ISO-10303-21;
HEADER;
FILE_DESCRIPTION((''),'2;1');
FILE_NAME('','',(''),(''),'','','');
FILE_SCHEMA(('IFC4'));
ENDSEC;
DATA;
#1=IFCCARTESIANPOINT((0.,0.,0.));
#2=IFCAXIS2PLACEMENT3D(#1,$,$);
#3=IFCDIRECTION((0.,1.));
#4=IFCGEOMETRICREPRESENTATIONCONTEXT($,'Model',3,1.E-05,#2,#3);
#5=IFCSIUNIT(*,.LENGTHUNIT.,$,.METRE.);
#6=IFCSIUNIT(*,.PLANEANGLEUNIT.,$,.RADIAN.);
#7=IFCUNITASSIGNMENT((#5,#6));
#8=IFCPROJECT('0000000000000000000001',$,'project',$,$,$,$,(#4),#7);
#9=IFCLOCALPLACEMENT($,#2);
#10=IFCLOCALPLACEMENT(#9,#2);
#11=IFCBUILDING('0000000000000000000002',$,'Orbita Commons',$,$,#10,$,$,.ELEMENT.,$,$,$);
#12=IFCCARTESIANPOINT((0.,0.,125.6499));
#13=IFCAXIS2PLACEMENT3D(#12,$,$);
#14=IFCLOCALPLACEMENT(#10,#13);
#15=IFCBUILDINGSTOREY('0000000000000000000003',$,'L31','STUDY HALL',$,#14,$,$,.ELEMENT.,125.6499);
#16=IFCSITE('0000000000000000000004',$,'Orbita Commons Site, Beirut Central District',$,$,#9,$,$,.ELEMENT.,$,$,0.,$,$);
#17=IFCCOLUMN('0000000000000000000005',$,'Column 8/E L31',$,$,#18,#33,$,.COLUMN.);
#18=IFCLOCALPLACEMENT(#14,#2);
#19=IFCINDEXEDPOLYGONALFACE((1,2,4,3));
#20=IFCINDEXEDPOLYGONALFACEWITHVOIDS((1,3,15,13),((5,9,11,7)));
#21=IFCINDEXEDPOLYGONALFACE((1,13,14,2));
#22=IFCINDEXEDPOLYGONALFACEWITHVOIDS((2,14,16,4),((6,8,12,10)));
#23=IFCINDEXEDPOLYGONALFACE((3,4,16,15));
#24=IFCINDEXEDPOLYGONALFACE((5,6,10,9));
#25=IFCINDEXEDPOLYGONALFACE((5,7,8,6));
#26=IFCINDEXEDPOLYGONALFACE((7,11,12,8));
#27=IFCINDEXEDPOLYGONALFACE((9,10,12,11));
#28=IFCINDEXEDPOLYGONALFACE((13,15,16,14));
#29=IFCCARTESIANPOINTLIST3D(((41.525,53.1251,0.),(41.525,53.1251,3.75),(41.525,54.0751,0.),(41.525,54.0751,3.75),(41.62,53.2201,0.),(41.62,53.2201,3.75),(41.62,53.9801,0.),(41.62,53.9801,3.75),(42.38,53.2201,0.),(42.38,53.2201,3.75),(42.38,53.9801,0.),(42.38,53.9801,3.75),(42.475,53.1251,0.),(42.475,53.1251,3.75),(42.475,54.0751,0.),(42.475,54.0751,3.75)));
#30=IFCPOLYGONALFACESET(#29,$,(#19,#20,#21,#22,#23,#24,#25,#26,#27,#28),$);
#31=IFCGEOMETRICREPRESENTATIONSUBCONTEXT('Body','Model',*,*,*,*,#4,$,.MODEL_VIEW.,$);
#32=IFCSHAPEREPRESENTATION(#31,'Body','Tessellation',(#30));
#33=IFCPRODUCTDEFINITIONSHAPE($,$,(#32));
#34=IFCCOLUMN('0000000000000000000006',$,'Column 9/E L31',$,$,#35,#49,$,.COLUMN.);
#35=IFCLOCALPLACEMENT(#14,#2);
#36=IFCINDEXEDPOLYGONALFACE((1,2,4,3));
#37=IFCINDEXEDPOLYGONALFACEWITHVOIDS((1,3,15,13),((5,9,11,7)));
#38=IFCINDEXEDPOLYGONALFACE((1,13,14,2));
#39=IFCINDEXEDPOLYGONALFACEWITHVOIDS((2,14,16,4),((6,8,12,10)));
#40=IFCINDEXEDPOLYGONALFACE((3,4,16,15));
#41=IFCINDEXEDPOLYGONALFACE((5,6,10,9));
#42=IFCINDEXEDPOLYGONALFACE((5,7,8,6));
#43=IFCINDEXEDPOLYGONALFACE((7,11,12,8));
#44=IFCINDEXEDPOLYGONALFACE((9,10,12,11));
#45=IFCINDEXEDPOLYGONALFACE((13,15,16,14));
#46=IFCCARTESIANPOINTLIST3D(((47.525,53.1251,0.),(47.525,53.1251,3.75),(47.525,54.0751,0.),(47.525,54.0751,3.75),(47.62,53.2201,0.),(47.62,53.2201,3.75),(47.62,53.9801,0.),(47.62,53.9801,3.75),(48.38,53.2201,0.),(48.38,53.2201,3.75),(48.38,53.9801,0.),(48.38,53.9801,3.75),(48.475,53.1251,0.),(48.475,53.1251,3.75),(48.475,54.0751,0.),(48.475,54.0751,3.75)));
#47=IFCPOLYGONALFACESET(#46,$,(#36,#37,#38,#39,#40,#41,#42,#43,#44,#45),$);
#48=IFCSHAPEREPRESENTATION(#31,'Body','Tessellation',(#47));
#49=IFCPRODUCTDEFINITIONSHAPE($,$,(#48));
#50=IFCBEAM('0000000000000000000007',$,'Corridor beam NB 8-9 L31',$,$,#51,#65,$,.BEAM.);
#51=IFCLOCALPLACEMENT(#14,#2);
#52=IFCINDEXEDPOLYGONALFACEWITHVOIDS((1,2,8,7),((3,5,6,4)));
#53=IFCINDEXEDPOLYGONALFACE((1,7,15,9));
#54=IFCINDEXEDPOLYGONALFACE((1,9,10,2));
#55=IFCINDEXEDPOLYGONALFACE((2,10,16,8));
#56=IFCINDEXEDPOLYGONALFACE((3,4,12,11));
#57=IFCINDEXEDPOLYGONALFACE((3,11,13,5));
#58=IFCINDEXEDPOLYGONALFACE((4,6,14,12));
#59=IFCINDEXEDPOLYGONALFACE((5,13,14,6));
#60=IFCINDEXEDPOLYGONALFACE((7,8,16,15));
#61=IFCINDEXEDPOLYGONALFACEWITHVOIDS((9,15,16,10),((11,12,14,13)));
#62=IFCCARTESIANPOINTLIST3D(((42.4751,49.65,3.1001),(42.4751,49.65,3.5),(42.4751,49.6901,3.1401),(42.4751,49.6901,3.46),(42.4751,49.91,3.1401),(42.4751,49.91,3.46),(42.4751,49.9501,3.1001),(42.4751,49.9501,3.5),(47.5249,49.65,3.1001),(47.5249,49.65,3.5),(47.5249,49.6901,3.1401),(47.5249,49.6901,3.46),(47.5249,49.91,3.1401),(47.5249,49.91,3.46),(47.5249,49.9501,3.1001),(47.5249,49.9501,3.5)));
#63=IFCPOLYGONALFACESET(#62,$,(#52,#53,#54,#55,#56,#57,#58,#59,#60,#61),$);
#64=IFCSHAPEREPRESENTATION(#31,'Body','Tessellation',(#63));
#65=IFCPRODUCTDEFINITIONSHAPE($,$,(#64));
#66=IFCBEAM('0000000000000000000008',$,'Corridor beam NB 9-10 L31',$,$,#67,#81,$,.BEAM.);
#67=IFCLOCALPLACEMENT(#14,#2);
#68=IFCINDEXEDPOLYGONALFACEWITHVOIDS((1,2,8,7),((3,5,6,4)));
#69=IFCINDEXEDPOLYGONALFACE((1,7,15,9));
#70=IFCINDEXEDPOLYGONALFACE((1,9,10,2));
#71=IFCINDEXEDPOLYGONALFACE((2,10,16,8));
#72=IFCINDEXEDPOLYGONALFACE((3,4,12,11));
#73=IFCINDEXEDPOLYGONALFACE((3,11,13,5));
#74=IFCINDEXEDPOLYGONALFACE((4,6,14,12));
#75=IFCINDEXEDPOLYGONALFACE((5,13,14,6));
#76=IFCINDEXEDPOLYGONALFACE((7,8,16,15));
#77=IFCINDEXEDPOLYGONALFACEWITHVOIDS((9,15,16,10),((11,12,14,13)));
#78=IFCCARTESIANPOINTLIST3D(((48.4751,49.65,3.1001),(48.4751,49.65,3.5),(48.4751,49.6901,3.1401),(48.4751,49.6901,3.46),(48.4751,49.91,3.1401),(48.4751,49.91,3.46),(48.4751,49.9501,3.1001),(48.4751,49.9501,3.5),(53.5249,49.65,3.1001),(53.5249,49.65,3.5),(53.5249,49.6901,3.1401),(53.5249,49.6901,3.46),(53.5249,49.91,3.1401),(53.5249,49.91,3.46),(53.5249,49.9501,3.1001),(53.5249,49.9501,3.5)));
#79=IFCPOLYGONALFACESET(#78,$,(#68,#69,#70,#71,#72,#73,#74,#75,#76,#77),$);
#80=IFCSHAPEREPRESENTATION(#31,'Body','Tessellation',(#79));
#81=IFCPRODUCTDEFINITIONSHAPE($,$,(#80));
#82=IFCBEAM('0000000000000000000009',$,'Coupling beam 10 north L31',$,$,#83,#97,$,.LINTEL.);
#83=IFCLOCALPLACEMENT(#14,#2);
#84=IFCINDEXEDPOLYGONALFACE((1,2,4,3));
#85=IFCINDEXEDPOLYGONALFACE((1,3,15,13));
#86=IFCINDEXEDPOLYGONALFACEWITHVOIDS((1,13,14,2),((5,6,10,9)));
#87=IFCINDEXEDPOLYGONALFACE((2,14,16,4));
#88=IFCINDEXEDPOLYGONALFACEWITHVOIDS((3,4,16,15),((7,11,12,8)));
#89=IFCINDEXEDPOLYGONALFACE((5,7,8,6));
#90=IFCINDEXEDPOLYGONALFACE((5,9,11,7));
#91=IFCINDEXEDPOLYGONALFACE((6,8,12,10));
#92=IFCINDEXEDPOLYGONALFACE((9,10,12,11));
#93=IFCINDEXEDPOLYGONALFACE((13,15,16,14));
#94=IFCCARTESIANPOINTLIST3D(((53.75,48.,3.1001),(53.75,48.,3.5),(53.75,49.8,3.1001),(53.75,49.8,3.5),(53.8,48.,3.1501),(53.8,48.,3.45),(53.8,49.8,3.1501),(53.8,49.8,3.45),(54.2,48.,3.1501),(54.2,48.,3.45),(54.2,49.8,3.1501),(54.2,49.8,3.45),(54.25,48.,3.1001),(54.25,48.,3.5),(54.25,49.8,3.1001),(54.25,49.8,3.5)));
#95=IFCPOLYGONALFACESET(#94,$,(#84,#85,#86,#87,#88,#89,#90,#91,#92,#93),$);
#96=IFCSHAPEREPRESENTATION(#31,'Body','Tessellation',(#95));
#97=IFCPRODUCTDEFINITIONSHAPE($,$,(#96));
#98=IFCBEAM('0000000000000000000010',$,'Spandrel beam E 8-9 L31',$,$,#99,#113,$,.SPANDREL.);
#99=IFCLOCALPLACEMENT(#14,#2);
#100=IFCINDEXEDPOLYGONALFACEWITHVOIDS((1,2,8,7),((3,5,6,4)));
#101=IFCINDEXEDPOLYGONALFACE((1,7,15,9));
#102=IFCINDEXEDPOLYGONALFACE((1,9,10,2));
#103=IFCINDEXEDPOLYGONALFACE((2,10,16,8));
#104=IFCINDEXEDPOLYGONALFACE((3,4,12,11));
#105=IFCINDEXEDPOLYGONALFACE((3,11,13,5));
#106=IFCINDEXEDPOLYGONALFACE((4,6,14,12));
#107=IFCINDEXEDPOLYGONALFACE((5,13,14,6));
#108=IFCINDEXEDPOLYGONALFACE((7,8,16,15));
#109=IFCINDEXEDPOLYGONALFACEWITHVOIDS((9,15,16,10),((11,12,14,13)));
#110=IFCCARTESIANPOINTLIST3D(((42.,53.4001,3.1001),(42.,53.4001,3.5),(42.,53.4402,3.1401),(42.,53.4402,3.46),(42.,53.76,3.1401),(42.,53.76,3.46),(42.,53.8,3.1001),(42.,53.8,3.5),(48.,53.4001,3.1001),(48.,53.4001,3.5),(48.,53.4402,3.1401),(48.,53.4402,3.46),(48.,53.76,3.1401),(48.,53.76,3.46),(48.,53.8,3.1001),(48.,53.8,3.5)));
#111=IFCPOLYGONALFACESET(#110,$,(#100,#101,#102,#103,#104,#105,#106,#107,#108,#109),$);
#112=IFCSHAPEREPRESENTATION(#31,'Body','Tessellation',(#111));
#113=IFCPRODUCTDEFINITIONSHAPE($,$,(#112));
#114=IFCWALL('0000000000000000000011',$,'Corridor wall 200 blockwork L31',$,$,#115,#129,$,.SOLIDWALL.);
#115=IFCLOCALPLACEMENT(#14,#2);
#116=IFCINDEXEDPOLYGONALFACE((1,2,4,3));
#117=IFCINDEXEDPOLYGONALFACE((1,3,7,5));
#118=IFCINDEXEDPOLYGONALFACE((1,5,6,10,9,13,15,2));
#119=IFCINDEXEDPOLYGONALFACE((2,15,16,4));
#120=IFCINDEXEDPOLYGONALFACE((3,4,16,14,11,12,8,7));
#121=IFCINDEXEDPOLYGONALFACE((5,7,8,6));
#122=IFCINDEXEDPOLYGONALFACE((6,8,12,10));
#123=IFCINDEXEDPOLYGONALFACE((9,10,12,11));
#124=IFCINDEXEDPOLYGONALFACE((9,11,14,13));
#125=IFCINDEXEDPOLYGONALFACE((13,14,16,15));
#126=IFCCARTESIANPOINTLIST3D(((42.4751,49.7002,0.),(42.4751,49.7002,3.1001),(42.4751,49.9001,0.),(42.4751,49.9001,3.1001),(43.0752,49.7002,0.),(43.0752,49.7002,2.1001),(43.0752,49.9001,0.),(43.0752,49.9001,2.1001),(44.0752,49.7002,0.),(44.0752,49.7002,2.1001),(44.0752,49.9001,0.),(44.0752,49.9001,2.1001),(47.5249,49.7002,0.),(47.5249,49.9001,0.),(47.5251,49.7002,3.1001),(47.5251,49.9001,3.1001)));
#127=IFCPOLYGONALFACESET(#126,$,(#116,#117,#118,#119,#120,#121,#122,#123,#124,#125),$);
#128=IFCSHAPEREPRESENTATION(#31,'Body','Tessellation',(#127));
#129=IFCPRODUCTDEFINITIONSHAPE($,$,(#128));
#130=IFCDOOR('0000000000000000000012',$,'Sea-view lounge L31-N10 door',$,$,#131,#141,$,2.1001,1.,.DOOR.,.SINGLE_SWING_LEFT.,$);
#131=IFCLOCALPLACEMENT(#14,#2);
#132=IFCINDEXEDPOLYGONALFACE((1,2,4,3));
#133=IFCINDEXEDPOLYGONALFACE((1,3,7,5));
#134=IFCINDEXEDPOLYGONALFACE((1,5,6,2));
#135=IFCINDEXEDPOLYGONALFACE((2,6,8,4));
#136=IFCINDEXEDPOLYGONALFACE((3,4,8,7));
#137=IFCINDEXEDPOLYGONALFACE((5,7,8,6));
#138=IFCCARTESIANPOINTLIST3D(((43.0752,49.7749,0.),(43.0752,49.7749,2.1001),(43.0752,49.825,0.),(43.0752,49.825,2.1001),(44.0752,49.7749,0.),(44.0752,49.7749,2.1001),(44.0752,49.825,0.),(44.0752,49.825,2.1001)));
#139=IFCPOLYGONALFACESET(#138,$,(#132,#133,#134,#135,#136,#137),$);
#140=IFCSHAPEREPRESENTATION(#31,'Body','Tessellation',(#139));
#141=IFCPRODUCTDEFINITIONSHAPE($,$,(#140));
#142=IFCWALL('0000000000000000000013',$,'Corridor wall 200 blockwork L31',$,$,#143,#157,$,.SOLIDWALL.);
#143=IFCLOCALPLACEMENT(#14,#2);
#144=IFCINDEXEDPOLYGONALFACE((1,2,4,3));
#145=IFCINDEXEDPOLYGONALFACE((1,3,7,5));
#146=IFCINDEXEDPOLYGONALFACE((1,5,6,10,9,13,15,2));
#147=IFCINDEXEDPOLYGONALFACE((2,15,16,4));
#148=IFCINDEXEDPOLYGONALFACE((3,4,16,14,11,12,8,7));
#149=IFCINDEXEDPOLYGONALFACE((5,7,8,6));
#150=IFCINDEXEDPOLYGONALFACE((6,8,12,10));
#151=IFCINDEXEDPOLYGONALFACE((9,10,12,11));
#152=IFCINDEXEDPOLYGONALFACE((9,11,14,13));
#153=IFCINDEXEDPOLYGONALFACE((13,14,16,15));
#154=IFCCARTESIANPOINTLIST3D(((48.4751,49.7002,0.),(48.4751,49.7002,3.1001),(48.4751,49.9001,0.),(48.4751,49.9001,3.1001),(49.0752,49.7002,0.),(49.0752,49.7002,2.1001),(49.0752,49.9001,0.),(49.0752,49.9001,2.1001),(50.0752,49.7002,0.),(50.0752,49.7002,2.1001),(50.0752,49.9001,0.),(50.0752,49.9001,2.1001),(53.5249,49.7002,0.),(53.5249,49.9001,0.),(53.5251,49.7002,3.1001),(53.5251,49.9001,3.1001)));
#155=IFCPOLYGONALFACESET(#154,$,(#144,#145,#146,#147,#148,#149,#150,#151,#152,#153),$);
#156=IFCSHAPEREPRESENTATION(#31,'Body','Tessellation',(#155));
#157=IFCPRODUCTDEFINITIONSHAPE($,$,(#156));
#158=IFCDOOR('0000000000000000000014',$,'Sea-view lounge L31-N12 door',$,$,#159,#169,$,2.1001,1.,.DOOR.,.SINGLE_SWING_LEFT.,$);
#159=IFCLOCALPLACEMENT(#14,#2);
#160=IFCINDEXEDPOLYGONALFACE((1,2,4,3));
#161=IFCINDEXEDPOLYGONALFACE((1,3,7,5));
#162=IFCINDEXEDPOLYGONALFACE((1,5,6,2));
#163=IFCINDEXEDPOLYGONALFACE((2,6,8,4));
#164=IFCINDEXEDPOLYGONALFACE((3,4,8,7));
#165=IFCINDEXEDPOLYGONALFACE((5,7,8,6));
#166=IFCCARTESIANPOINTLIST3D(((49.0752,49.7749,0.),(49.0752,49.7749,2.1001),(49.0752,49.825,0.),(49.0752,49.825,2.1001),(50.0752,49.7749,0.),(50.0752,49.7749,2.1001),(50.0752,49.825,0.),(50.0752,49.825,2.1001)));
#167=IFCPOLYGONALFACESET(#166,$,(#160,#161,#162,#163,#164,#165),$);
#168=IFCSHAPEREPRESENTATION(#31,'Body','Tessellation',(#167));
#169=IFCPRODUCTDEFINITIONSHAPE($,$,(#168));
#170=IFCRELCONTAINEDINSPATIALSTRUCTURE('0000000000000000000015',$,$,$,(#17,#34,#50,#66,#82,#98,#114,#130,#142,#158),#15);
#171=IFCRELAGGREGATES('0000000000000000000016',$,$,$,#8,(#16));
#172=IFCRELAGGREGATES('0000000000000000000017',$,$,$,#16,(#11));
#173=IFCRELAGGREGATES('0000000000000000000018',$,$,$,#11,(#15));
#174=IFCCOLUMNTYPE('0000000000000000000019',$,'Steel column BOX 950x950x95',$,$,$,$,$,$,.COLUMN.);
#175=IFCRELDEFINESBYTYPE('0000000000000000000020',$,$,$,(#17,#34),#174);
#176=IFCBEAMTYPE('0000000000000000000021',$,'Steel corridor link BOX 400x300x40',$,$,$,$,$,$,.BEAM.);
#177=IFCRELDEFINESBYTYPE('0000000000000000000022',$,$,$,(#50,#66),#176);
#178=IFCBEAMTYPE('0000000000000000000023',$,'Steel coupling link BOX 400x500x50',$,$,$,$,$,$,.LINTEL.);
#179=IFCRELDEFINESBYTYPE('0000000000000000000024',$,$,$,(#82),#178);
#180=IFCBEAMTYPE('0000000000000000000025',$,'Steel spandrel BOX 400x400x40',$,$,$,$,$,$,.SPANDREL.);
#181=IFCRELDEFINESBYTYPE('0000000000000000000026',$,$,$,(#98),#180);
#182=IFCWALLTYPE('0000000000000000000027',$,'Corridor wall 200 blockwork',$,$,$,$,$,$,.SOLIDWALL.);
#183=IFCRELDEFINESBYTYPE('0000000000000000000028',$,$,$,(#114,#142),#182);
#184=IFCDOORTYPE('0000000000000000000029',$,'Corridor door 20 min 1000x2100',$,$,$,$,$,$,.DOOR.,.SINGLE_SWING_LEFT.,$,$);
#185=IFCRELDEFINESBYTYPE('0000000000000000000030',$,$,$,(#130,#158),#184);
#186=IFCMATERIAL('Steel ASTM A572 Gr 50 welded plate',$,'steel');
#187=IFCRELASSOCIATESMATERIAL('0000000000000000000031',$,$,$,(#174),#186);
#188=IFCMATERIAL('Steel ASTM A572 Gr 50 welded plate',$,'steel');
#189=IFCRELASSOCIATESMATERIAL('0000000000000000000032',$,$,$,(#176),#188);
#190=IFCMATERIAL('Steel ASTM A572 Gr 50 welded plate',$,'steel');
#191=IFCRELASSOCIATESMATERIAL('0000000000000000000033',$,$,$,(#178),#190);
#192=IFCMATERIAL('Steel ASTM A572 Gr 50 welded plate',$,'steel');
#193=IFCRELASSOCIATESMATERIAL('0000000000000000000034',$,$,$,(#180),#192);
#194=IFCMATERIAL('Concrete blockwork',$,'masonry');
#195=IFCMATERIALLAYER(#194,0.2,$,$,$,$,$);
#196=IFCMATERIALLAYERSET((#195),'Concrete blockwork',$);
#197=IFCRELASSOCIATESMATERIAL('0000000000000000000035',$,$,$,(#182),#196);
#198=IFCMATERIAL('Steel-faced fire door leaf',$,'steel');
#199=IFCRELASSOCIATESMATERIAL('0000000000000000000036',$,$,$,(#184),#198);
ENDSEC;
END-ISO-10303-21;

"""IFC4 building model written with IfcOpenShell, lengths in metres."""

from ifc_helpers import new_model, si_unit, direction, frame, frame_2d, origin, origin_2d, place, context, subcontext, project, spatial, polyline, rectangle, hollow_rectangle, outline, extrude, material, layer, layer_set, material_profile, profile_set, type_object, element, fill, save


model = new_model("IFC4")

# Units and contexts
model_context = context("Model", 3, precision=1e-05, world=origin(), true_north=direction((0.0, 1.0)))
body_context = subcontext(model_context, "Body", "Model", "MODEL_VIEW")
ifc_project = project(units=[si_unit("LENGTHUNIT", "METRE"), si_unit("PLANEANGLEUNIT", "RADIAN")], contexts=[model_context])

# Site, building, storey
site_placement = place(None, origin())
site = spatial("IfcSite", under=ifc_project, at=site_placement, Name="Orbita Commons Site, Beirut Central District", CompositionType="ELEMENT", RefElevation=0.0)
building_placement = place(site_placement, origin())
building = spatial("IfcBuilding", under=site, at=building_placement, Name="Orbita Commons", CompositionType="ELEMENT")
storey_placement = place(building_placement, frame((0.0, 0.0, 125.6499)))
storey = spatial("IfcBuildingStorey", under=building, at=storey_placement, Name="L31", Description="STUDY HALL", CompositionType="ELEMENT", Elevation=125.6499)

# Columns
ifc_material_1 = material(Name="Steel ASTM A572 Gr 50 welded plate", Category="steel")
ifc_material_profile_1 = material_profile(ifc_material_1, hollow_rectangle(XDim=0.95, YDim=0.95, WallThickness=0.095, at=origin_2d()), Name="BOX 950x950x95")
ifc_profile_set_1 = profile_set([ifc_material_profile_1], Name="Steel ASTM A572 Gr 50 welded plate")
column_type = type_object("IfcColumnType", Name="Steel column BOX 950x950x95", PredefinedType="COLUMN", material=ifc_profile_set_1)
for number, where, z_axis, x_axis, name in (
    (1, (42.0, 53.6001, 0.0), (0.0, 0.0, 1.0), (1.0, 0.0, 0.0), "Column 8/E L31"),
    (2, (48.0, 53.6001, 0.0), (0.0, 0.0, 1.0), (1.0, 0.0, 0.0), "Column 9/E L31"),
):
    element("IfcColumn", number, at=place(storey_placement, frame(where, z_axis=z_axis, x_axis=x_axis)), inside=storey, type_object=column_type, Name=name, PredefinedType="COLUMN", context=body_context, shape_type="SweptSolid", body=[
        extrude(hollow_rectangle(XDim=0.95, YDim=0.95, WallThickness=0.095, at=origin_2d()), origin(), (0.0, 0.0, 1.0), 3.75),
    ])

# Beams
ifc_material_2 = material(Name="Steel ASTM A572 Gr 50 welded plate", Category="steel")
ifc_material_profile_2 = material_profile(ifc_material_2, hollow_rectangle(XDim=0.3, YDim=0.3999, WallThickness=0.04, at=origin_2d()), Name="BOX 400x300x40")
ifc_profile_set_2 = profile_set([ifc_material_profile_2], Name="Steel ASTM A572 Gr 50 welded plate")
beam_type_1 = type_object("IfcBeamType", Name="Steel corridor link BOX 400x300x40", PredefinedType="BEAM", material=ifc_profile_set_2)
for number, where, z_axis, x_axis, name in (
    (3, (42.4751, 49.8, 3.3), (1.0, 0.0, 0.0), (0.0, 1.0, 0.0), "Corridor beam NB 8-9 L31"),
    (4, (48.4751, 49.8, 3.3), (1.0, 0.0, 0.0), (0.0, 1.0, 0.0), "Corridor beam NB 9-10 L31"),
):
    element("IfcBeam", number, at=place(storey_placement, frame(where, z_axis=z_axis, x_axis=x_axis)), inside=storey, type_object=beam_type_1, Name=name, PredefinedType="BEAM", context=body_context, shape_type="SweptSolid", body=[
        extrude(hollow_rectangle(XDim=0.3, YDim=0.3999, WallThickness=0.04, at=origin_2d()), origin(), (0.0, 0.0, 1.0), 5.0498),
    ])
ifc_material_3 = material(Name="Steel ASTM A572 Gr 50 welded plate", Category="steel")
ifc_material_profile_3 = material_profile(ifc_material_3, hollow_rectangle(XDim=0.5, YDim=0.3999, WallThickness=0.05, at=origin_2d()), Name="BOX 400x500x50")
ifc_profile_set_3 = profile_set([ifc_material_profile_3], Name="Steel ASTM A572 Gr 50 welded plate")
beam_type_2 = type_object("IfcBeamType", Name="Steel coupling link BOX 400x500x50", PredefinedType="LINTEL", material=ifc_profile_set_3)
beam_1_placement = place(storey_placement, frame((54.0, 48.0, 3.3), z_axis=(0.0, 1.0, 0.0), x_axis=(-1.0, 0.0, 0.0)))
element("IfcBeam", 5, at=beam_1_placement, inside=storey, type_object=beam_type_2, Name="Coupling beam 10 north L31", PredefinedType="LINTEL", context=body_context, shape_type="SweptSolid", body=[
    extrude(hollow_rectangle(XDim=0.5, YDim=0.3999, WallThickness=0.05, at=origin_2d()), origin(), (0.0, 0.0, 1.0), 1.8),
])
ifc_material_4 = material(Name="Steel ASTM A572 Gr 50 welded plate", Category="steel")
ifc_material_profile_4 = material_profile(ifc_material_4, hollow_rectangle(XDim=0.3999, YDim=0.3999, WallThickness=0.04, at=origin_2d()), Name="BOX 400x400x40")
ifc_profile_set_4 = profile_set([ifc_material_profile_4], Name="Steel ASTM A572 Gr 50 welded plate")
beam_type_3 = type_object("IfcBeamType", Name="Steel spandrel BOX 400x400x40", PredefinedType="SPANDREL", material=ifc_profile_set_4)
beam_2_placement = place(storey_placement, frame((42.0, 53.6001, 3.3), z_axis=(1.0, 0.0, 0.0), x_axis=(0.0, 1.0, 0.0)))
element("IfcBeam", 6, at=beam_2_placement, inside=storey, type_object=beam_type_3, Name="Spandrel beam E 8-9 L31", PredefinedType="SPANDREL", context=body_context, shape_type="SweptSolid", body=[
    extrude(hollow_rectangle(XDim=0.3999, YDim=0.3999, WallThickness=0.04, at=origin_2d()), origin(), (0.0, 0.0, 1.0), 6.0),
])

# Walls, openings, doors
ifc_material_5 = material(Name="Concrete blockwork", Category="masonry")
ifc_layer_1 = layer(ifc_material_5, 0.2)
ifc_layer_set_1 = layer_set([ifc_layer_1], Name="Concrete blockwork")
wall_type_1 = type_object("IfcWallType", Name="Corridor wall 200 blockwork", PredefinedType="SOLIDWALL", material=ifc_layer_set_1)
wall_1_placement = place(storey_placement, frame((42.4751, 49.8, 0.0), z_axis=(0.0, 0.0, 1.0), x_axis=(1.0, 0.0, 0.0)))
wall_1 = element("IfcWall", 7, at=wall_1_placement, inside=storey, type_object=wall_type_1, Name="Corridor wall 200 blockwork L31", PredefinedType="SOLIDWALL", context=body_context, shape_type="SweptSolid", body=[
    extrude(outline(polyline([(0.0, 0.0), (5.0498, 0.0), (5.05, 3.1001), (0.0, 3.1001), (0.0, 0.0)])), frame((0.0, 0.1001, 0.0), z_axis=(0.0, -1.0, 0.0), x_axis=(1.0, 0.0, 0.0)), (0.0, 0.0, 1.0), 0.2),
])
opening_1_placement = place(wall_1_placement, frame((0.6001, 0.0, 0.0)))
opening_1 = element("IfcOpeningElement", 8, at=opening_1_placement, cuts=wall_1, PredefinedType="OPENING", context=body_context, shape_type="SweptSolid", body=[
    extrude(rectangle(XDim=1.0, YDim=2.1001, at=frame_2d((0.5, 1.05))), frame((0.0, 0.1099, 0.0), z_axis=(0.0, -1.0, 0.0), x_axis=(1.0, 0.0, 0.0)), (0.0, 0.0, 1.0), 0.22),
])
ifc_material_6 = material(Name="Steel-faced fire door leaf", Category="steel")
door_type_1 = type_object("IfcDoorType", Name="Corridor door 20 min 1000x2100", OperationType="SINGLE_SWING_LEFT", PredefinedType="DOOR", material=ifc_material_6)
door_1_placement = place(opening_1_placement, origin())
door_1 = element("IfcDoor", 9, at=door_1_placement, inside=storey, type_object=door_type_1, Name="Sea-view lounge L31-N10 door", OperationType="SINGLE_SWING_LEFT", OverallHeight=2.1001, OverallWidth=1.0, PredefinedType="DOOR", context=body_context, shape_type="SweptSolid", body=[
    extrude(rectangle(XDim=1.0, YDim=2.1001, at=frame_2d((0.5, 1.05))), frame((0.0, 0.0249, 0.0), z_axis=(0.0, -1.0, 0.0), x_axis=(1.0, 0.0, 0.0)), (0.0, 0.0, 1.0), 0.05),
])
fill(opening_1, door_1)
wall_2_placement = place(storey_placement, frame((48.4751, 49.8, 0.0), z_axis=(0.0, 0.0, 1.0), x_axis=(1.0, 0.0, 0.0)))
wall_2 = element("IfcWall", 10, at=wall_2_placement, inside=storey, type_object=wall_type_1, Name="Corridor wall 200 blockwork L31", PredefinedType="SOLIDWALL", context=body_context, shape_type="SweptSolid", body=[
    extrude(outline(polyline([(0.0, 0.0), (5.0498, 0.0), (5.05, 3.1001), (0.0, 3.1001), (0.0, 0.0)])), frame((0.0, 0.1001, 0.0), z_axis=(0.0, -1.0, 0.0), x_axis=(1.0, 0.0, 0.0)), (0.0, 0.0, 1.0), 0.2),
])
opening_2_placement = place(wall_2_placement, frame((0.6001, 0.0, 0.0)))
opening_2 = element("IfcOpeningElement", 11, at=opening_2_placement, cuts=wall_2, PredefinedType="OPENING", context=body_context, shape_type="SweptSolid", body=[
    extrude(rectangle(XDim=1.0, YDim=2.1001, at=frame_2d((0.5, 1.05))), frame((0.0, 0.1099, 0.0), z_axis=(0.0, -1.0, 0.0), x_axis=(1.0, 0.0, 0.0)), (0.0, 0.0, 1.0), 0.22),
])
door_2_placement = place(opening_2_placement, origin())
door_2 = element("IfcDoor", 12, at=door_2_placement, inside=storey, type_object=door_type_1, Name="Sea-view lounge L31-N12 door", OperationType="SINGLE_SWING_LEFT", OverallHeight=2.1001, OverallWidth=1.0, PredefinedType="DOOR", context=body_context, shape_type="SweptSolid", body=[
    extrude(rectangle(XDim=1.0, YDim=2.1001, at=frame_2d((0.5, 1.05))), frame((0.0, 0.0249, 0.0), z_axis=(0.0, -1.0, 0.0), x_axis=(1.0, 0.0, 0.0)), (0.0, 0.0, 1.0), 0.05),
])
fill(opening_2, door_2)

save(model, "model.ifc")
